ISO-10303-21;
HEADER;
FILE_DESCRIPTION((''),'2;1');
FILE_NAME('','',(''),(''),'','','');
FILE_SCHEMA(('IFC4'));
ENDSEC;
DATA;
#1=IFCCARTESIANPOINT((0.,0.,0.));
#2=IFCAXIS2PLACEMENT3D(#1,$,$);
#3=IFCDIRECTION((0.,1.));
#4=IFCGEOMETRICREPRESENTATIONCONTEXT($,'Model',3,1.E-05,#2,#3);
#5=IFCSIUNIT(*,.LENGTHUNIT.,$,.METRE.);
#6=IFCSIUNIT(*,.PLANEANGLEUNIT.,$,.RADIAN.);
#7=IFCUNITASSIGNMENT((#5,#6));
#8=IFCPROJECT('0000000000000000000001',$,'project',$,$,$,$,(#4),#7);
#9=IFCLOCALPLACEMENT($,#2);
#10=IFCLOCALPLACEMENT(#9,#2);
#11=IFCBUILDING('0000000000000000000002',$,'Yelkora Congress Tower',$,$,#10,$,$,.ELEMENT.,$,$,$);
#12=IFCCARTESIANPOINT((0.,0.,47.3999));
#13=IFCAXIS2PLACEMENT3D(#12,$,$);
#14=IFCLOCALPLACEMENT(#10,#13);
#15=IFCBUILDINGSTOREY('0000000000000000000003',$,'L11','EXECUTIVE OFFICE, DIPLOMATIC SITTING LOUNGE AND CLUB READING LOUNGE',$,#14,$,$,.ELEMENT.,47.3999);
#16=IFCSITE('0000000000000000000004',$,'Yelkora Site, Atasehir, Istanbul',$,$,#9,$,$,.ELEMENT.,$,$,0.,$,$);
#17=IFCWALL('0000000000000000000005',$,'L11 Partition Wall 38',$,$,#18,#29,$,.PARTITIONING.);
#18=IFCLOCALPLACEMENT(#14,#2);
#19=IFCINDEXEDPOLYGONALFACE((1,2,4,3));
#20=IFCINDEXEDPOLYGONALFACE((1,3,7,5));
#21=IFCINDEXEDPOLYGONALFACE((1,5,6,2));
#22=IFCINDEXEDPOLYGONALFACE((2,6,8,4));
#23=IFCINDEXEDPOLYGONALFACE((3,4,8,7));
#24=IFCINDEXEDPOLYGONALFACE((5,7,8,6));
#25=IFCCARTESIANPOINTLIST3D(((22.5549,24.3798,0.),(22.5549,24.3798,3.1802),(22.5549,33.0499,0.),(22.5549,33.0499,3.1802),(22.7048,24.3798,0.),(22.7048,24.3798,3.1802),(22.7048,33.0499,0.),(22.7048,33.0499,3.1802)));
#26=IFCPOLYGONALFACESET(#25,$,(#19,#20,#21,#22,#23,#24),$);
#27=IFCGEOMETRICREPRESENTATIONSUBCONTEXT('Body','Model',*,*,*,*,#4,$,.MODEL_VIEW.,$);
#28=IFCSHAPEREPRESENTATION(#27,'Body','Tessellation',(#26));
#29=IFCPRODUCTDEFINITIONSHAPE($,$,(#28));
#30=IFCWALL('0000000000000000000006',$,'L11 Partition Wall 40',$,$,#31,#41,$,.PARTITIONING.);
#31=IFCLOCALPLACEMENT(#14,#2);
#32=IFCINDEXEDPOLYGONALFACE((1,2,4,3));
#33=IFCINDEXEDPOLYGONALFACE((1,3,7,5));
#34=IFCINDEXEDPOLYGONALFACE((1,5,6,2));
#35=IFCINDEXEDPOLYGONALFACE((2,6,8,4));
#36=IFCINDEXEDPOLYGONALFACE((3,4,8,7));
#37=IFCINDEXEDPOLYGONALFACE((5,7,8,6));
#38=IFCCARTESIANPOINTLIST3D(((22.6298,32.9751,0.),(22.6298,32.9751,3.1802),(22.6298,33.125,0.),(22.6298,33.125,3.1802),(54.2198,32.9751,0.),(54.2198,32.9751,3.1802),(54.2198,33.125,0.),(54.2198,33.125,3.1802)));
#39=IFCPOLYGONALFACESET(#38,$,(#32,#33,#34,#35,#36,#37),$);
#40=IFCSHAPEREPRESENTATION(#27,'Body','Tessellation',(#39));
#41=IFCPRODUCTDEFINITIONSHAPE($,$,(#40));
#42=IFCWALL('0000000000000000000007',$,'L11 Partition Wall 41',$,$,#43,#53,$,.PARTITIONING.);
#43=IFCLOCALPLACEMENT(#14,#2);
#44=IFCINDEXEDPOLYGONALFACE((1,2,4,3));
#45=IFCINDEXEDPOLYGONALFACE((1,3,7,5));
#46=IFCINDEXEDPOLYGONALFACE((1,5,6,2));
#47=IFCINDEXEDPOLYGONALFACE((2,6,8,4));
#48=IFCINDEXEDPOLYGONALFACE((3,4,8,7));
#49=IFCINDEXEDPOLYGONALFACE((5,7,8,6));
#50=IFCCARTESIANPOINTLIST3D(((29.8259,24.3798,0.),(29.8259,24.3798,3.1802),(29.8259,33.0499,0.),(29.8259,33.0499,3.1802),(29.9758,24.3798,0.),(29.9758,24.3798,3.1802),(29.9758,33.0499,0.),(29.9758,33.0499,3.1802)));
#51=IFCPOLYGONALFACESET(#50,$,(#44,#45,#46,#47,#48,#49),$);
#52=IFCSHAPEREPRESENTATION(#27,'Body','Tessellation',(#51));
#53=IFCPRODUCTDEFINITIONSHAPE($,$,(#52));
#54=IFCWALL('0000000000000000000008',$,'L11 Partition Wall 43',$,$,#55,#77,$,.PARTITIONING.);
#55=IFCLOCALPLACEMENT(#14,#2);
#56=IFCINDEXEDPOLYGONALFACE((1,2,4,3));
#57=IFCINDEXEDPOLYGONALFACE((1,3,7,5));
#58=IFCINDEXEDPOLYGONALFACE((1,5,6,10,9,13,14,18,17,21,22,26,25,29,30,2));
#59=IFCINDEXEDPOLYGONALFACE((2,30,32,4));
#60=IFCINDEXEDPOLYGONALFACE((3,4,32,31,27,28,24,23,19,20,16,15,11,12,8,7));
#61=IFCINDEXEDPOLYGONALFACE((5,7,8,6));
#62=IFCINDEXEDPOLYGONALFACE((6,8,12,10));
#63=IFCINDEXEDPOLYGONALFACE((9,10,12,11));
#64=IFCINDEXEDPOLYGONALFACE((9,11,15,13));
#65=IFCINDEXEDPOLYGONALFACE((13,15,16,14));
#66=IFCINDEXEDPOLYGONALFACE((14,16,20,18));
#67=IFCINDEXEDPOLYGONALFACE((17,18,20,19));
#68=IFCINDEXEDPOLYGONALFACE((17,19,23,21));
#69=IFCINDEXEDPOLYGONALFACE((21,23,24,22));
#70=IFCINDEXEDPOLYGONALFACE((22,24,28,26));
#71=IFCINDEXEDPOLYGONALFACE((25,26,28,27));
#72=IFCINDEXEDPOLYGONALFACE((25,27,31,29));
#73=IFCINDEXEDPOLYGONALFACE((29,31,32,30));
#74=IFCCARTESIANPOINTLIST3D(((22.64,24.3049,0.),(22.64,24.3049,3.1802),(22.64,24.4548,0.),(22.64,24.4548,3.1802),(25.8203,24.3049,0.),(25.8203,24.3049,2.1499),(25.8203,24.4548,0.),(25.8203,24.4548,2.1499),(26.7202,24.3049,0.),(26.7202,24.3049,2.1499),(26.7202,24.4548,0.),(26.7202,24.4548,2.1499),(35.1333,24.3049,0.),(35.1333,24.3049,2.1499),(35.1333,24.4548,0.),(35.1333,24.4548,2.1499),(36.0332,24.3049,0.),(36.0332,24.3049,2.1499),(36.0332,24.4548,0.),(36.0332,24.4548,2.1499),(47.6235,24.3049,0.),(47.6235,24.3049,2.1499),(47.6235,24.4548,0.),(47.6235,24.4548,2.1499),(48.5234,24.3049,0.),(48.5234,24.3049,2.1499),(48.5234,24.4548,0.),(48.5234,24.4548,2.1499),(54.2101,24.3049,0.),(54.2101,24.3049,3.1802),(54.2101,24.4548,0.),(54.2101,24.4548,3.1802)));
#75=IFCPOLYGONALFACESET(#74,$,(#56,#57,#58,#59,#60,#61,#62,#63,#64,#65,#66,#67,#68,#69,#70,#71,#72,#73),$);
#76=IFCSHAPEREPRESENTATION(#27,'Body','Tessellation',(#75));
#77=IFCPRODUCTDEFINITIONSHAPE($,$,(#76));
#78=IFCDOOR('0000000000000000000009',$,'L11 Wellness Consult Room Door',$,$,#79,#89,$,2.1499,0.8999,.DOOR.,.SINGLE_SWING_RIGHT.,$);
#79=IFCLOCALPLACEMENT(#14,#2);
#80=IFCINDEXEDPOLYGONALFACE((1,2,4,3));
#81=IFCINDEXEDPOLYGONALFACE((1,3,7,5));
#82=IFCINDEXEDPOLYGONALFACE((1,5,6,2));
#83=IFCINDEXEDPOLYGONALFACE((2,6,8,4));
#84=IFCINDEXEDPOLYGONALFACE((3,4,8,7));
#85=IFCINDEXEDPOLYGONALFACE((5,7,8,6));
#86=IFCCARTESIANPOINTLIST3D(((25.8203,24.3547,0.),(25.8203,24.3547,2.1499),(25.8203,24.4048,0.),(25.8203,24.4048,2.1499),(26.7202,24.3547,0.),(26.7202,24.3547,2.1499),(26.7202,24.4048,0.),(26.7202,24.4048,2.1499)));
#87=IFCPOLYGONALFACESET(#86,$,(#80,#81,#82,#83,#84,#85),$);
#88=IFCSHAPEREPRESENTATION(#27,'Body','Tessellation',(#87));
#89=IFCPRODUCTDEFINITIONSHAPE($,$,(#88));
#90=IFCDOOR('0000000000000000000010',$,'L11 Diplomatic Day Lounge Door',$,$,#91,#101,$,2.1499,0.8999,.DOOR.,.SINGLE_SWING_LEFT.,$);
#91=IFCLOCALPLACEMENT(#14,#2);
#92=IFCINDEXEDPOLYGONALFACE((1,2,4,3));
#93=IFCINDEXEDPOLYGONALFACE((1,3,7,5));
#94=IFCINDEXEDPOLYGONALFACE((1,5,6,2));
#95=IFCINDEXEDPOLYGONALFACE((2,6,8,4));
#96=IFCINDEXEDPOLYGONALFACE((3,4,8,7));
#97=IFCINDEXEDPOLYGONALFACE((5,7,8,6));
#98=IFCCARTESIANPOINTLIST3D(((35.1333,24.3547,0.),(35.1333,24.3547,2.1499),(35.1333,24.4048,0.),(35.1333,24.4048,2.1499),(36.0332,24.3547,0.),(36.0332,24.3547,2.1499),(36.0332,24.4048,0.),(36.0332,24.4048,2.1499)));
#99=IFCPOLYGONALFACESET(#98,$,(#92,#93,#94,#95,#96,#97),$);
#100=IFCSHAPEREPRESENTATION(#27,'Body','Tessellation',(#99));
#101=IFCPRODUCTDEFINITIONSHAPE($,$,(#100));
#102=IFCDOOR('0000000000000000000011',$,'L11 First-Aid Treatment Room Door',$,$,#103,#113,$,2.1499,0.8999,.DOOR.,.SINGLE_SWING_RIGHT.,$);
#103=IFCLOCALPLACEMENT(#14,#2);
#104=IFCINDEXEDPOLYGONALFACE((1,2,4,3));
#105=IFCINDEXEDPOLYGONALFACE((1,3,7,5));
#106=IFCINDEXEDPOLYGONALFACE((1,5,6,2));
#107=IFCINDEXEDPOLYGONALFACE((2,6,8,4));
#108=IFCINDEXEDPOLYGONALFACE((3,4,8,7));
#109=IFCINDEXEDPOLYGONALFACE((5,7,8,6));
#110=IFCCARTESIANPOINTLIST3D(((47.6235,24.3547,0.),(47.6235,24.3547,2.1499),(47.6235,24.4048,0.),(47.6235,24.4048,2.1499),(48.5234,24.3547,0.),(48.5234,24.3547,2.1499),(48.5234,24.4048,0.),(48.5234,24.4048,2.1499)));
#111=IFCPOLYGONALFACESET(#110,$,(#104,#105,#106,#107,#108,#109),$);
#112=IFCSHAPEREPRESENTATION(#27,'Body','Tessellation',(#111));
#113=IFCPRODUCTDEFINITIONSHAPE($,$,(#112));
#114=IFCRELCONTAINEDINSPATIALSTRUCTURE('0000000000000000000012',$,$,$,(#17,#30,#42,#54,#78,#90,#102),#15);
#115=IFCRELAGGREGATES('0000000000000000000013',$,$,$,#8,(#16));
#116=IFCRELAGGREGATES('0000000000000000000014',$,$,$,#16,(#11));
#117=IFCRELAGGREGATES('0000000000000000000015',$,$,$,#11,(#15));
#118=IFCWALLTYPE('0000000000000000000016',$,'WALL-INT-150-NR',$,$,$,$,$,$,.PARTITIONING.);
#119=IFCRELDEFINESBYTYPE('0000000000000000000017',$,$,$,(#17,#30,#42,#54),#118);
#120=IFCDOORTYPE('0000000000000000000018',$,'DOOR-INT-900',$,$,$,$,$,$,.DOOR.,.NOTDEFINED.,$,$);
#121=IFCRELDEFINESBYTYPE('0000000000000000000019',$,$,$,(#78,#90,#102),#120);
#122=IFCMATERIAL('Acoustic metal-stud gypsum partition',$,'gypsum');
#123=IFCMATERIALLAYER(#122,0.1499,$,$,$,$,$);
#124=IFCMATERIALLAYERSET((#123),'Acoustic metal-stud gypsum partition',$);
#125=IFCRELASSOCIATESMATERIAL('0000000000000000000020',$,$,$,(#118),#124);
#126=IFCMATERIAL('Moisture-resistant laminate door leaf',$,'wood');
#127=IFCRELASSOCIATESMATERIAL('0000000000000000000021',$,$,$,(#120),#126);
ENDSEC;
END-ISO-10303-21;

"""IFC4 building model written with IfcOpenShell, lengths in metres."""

from ifc_helpers import new_model, si_unit, direction, frame, frame_2d, origin, place, context, subcontext, project, spatial, rectangle, extrude, material, layer, layer_set, type_object, element, fill, save


model = new_model("IFC4")

# Units and contexts
model_context = context("Model", 3, precision=1e-05, world=origin(), true_north=direction((0.0, 1.0)))
body_context = subcontext(model_context, "Body", "Model", "MODEL_VIEW")
ifc_project = project(units=[si_unit("LENGTHUNIT", "METRE"), si_unit("PLANEANGLEUNIT", "RADIAN")], contexts=[model_context])

# Site, building, storey
site_placement = place(None, origin())
site = spatial("IfcSite", under=ifc_project, at=site_placement, Name="Yelkora Site, Atasehir, Istanbul", CompositionType="ELEMENT", RefElevation=0.0)
building_placement = place(site_placement, origin())
building = spatial("IfcBuilding", under=site, at=building_placement, Name="Yelkora Congress Tower", CompositionType="ELEMENT")
storey_placement = place(building_placement, frame((0.0, 0.0, 47.3999)))
storey = spatial("IfcBuildingStorey", under=building, at=storey_placement, Name="L11", Description="EXECUTIVE OFFICE, DIPLOMATIC SITTING LOUNGE AND CLUB READING LOUNGE", CompositionType="ELEMENT", Elevation=47.3999)

# Shared definitions
ifc_material_1 = material(Name="Acoustic metal-stud gypsum partition", Category="gypsum")
ifc_layer_1 = layer(ifc_material_1, 0.1499)
ifc_layer_set_1 = layer_set([ifc_layer_1], Name="Acoustic metal-stud gypsum partition")
wall_type_1 = type_object("IfcWallType", Name="WALL-INT-150-NR", PredefinedType="PARTITIONING", material=ifc_layer_set_1)
ifc_material_2 = material(Name="Moisture-resistant laminate door leaf", Category="wood")
door_type = type_object("IfcDoorType", Name="DOOR-INT-900", OperationType="NOTDEFINED", PredefinedType="DOOR", material=ifc_material_2)

# Walls
wall_1_placement = place(storey_placement, frame((22.6299, 24.3799, 0.0), z_axis=(0.0, 0.0, 1.0), x_axis=(0.0, 1.0, 0.0)))
element("IfcWall", 1, at=wall_1_placement, inside=storey, type_object=wall_type_1, Name="L11 Partition Wall 38", PredefinedType="PARTITIONING", context=body_context, shape_type="SweptSolid", body=[
    extrude(rectangle(XDim=8.6702, YDim=0.1499, at=frame_2d((4.335, 0.0))), origin(), (0.0, 0.0, 1.0), 3.1802),
])
wall_2_placement = place(storey_placement, frame((22.6299, 33.05, 0.0), z_axis=(0.0, 0.0, 1.0), x_axis=(1.0, 0.0, 0.0)))
element("IfcWall", 2, at=wall_2_placement, inside=storey, type_object=wall_type_1, Name="L11 Partition Wall 40", PredefinedType="PARTITIONING", context=body_context, shape_type="SweptSolid", body=[
    extrude(rectangle(XDim=31.5901, YDim=0.1499, at=frame_2d((15.7949, 0.0))), origin(), (0.0, 0.0, 1.0), 3.1802),
])
wall_3_placement = place(storey_placement, frame((29.9009, 24.3799, 0.0), z_axis=(0.0, 0.0, 1.0), x_axis=(0.0, 1.0, 0.0)))
element("IfcWall", 3, at=wall_3_placement, inside=storey, type_object=wall_type_1, Name="L11 Partition Wall 41", PredefinedType="PARTITIONING", context=body_context, shape_type="SweptSolid", body=[
    extrude(rectangle(XDim=8.6702, YDim=0.1499, at=frame_2d((4.335, 0.0))), origin(), (0.0, 0.0, 1.0), 3.1802),
])

# Wall, openings, doors
wall_4_placement = place(storey_placement, frame((22.6399, 24.3799, 0.0), z_axis=(0.0, 0.0, 1.0), x_axis=(1.0, 0.0, 0.0)))
wall_4 = element("IfcWall", 4, at=wall_4_placement, inside=storey, type_object=wall_type_1, Name="L11 Partition Wall 43", PredefinedType="PARTITIONING", context=body_context, shape_type="SweptSolid", body=[
    extrude(rectangle(XDim=31.5701, YDim=0.1499, at=frame_2d((15.7852, 0.0))), origin(), (0.0, 0.0, 1.0), 3.1802),
])
opening_1_placement = place(wall_4_placement, frame((3.1804, 0.0, 0.0)))
opening_1 = element("IfcOpeningElement", 5, at=opening_1_placement, cuts=wall_4, PredefinedType="OPENING", context=body_context, shape_type="SweptSolid", body=[
    extrude(rectangle(XDim=0.8999, YDim=2.1499, at=frame_2d((0.45, 1.075))), frame((0.0, 0.085, 0.0), z_axis=(0.0, -1.0, 0.0), x_axis=(1.0, 0.0, 0.0)), (0.0, 0.0, 1.0), 0.1699),
])
opening_2_placement = place(wall_4_placement, frame((12.4934, 0.0, 0.0)))
opening_2 = element("IfcOpeningElement", 6, at=opening_2_placement, cuts=wall_4, PredefinedType="OPENING", context=body_context, shape_type="SweptSolid", body=[
    extrude(rectangle(XDim=0.8999, YDim=2.1499, at=frame_2d((0.45, 1.075))), frame((0.0, 0.085, 0.0), z_axis=(0.0, -1.0, 0.0), x_axis=(1.0, 0.0, 0.0)), (0.0, 0.0, 1.0), 0.1699),
])
opening_3_placement = place(wall_4_placement, frame((24.9836, 0.0, 0.0)))
opening_3 = element("IfcOpeningElement", 7, at=opening_3_placement, cuts=wall_4, PredefinedType="OPENING", context=body_context, shape_type="SweptSolid", body=[
    extrude(rectangle(XDim=0.8999, YDim=2.1499, at=frame_2d((0.45, 1.075))), frame((0.0, 0.085, 0.0), z_axis=(0.0, -1.0, 0.0), x_axis=(1.0, 0.0, 0.0)), (0.0, 0.0, 1.0), 0.1699),
])
door_1_placement = place(opening_1_placement, origin())
door_1 = element("IfcDoor", 8, at=door_1_placement, inside=storey, type_object=door_type, Name="L11 Wellness Consult Room Door", OperationType="SINGLE_SWING_RIGHT", OverallHeight=2.1499, OverallWidth=0.8999, PredefinedType="DOOR", context=body_context, shape_type="SweptSolid", body=[
    extrude(rectangle(XDim=0.8999, YDim=2.1499, at=frame_2d((0.45, 1.075))), frame((0.0, 0.0249, 0.0), z_axis=(0.0, -1.0, 0.0), x_axis=(1.0, 0.0, 0.0)), (0.0, 0.0, 1.0), 0.05),
])
fill(opening_1, door_1)
door_2_placement = place(opening_2_placement, origin())
door_2 = element("IfcDoor", 9, at=door_2_placement, inside=storey, type_object=door_type, Name="L11 Diplomatic Day Lounge Door", OperationType="SINGLE_SWING_LEFT", OverallHeight=2.1499, OverallWidth=0.8999, PredefinedType="DOOR", context=body_context, shape_type="SweptSolid", body=[
    extrude(rectangle(XDim=0.8999, YDim=2.1499, at=frame_2d((0.45, 1.075))), frame((0.0, 0.0249, 0.0), z_axis=(0.0, -1.0, 0.0), x_axis=(1.0, 0.0, 0.0)), (0.0, 0.0, 1.0), 0.05),
])
fill(opening_2, door_2)
door_3_placement = place(opening_3_placement, origin())
door_3 = element("IfcDoor", 10, at=door_3_placement, inside=storey, type_object=door_type, Name="L11 First-Aid Treatment Room Door", OperationType="SINGLE_SWING_RIGHT", OverallHeight=2.1499, OverallWidth=0.8999, PredefinedType="DOOR", context=body_context, shape_type="SweptSolid", body=[
    extrude(rectangle(XDim=0.8999, YDim=2.1499, at=frame_2d((0.45, 1.075))), frame((0.0, 0.0249, 0.0), z_axis=(0.0, -1.0, 0.0), x_axis=(1.0, 0.0, 0.0)), (0.0, 0.0, 1.0), 0.05),
])
fill(opening_3, door_3)

save(model, "model.ifc")
